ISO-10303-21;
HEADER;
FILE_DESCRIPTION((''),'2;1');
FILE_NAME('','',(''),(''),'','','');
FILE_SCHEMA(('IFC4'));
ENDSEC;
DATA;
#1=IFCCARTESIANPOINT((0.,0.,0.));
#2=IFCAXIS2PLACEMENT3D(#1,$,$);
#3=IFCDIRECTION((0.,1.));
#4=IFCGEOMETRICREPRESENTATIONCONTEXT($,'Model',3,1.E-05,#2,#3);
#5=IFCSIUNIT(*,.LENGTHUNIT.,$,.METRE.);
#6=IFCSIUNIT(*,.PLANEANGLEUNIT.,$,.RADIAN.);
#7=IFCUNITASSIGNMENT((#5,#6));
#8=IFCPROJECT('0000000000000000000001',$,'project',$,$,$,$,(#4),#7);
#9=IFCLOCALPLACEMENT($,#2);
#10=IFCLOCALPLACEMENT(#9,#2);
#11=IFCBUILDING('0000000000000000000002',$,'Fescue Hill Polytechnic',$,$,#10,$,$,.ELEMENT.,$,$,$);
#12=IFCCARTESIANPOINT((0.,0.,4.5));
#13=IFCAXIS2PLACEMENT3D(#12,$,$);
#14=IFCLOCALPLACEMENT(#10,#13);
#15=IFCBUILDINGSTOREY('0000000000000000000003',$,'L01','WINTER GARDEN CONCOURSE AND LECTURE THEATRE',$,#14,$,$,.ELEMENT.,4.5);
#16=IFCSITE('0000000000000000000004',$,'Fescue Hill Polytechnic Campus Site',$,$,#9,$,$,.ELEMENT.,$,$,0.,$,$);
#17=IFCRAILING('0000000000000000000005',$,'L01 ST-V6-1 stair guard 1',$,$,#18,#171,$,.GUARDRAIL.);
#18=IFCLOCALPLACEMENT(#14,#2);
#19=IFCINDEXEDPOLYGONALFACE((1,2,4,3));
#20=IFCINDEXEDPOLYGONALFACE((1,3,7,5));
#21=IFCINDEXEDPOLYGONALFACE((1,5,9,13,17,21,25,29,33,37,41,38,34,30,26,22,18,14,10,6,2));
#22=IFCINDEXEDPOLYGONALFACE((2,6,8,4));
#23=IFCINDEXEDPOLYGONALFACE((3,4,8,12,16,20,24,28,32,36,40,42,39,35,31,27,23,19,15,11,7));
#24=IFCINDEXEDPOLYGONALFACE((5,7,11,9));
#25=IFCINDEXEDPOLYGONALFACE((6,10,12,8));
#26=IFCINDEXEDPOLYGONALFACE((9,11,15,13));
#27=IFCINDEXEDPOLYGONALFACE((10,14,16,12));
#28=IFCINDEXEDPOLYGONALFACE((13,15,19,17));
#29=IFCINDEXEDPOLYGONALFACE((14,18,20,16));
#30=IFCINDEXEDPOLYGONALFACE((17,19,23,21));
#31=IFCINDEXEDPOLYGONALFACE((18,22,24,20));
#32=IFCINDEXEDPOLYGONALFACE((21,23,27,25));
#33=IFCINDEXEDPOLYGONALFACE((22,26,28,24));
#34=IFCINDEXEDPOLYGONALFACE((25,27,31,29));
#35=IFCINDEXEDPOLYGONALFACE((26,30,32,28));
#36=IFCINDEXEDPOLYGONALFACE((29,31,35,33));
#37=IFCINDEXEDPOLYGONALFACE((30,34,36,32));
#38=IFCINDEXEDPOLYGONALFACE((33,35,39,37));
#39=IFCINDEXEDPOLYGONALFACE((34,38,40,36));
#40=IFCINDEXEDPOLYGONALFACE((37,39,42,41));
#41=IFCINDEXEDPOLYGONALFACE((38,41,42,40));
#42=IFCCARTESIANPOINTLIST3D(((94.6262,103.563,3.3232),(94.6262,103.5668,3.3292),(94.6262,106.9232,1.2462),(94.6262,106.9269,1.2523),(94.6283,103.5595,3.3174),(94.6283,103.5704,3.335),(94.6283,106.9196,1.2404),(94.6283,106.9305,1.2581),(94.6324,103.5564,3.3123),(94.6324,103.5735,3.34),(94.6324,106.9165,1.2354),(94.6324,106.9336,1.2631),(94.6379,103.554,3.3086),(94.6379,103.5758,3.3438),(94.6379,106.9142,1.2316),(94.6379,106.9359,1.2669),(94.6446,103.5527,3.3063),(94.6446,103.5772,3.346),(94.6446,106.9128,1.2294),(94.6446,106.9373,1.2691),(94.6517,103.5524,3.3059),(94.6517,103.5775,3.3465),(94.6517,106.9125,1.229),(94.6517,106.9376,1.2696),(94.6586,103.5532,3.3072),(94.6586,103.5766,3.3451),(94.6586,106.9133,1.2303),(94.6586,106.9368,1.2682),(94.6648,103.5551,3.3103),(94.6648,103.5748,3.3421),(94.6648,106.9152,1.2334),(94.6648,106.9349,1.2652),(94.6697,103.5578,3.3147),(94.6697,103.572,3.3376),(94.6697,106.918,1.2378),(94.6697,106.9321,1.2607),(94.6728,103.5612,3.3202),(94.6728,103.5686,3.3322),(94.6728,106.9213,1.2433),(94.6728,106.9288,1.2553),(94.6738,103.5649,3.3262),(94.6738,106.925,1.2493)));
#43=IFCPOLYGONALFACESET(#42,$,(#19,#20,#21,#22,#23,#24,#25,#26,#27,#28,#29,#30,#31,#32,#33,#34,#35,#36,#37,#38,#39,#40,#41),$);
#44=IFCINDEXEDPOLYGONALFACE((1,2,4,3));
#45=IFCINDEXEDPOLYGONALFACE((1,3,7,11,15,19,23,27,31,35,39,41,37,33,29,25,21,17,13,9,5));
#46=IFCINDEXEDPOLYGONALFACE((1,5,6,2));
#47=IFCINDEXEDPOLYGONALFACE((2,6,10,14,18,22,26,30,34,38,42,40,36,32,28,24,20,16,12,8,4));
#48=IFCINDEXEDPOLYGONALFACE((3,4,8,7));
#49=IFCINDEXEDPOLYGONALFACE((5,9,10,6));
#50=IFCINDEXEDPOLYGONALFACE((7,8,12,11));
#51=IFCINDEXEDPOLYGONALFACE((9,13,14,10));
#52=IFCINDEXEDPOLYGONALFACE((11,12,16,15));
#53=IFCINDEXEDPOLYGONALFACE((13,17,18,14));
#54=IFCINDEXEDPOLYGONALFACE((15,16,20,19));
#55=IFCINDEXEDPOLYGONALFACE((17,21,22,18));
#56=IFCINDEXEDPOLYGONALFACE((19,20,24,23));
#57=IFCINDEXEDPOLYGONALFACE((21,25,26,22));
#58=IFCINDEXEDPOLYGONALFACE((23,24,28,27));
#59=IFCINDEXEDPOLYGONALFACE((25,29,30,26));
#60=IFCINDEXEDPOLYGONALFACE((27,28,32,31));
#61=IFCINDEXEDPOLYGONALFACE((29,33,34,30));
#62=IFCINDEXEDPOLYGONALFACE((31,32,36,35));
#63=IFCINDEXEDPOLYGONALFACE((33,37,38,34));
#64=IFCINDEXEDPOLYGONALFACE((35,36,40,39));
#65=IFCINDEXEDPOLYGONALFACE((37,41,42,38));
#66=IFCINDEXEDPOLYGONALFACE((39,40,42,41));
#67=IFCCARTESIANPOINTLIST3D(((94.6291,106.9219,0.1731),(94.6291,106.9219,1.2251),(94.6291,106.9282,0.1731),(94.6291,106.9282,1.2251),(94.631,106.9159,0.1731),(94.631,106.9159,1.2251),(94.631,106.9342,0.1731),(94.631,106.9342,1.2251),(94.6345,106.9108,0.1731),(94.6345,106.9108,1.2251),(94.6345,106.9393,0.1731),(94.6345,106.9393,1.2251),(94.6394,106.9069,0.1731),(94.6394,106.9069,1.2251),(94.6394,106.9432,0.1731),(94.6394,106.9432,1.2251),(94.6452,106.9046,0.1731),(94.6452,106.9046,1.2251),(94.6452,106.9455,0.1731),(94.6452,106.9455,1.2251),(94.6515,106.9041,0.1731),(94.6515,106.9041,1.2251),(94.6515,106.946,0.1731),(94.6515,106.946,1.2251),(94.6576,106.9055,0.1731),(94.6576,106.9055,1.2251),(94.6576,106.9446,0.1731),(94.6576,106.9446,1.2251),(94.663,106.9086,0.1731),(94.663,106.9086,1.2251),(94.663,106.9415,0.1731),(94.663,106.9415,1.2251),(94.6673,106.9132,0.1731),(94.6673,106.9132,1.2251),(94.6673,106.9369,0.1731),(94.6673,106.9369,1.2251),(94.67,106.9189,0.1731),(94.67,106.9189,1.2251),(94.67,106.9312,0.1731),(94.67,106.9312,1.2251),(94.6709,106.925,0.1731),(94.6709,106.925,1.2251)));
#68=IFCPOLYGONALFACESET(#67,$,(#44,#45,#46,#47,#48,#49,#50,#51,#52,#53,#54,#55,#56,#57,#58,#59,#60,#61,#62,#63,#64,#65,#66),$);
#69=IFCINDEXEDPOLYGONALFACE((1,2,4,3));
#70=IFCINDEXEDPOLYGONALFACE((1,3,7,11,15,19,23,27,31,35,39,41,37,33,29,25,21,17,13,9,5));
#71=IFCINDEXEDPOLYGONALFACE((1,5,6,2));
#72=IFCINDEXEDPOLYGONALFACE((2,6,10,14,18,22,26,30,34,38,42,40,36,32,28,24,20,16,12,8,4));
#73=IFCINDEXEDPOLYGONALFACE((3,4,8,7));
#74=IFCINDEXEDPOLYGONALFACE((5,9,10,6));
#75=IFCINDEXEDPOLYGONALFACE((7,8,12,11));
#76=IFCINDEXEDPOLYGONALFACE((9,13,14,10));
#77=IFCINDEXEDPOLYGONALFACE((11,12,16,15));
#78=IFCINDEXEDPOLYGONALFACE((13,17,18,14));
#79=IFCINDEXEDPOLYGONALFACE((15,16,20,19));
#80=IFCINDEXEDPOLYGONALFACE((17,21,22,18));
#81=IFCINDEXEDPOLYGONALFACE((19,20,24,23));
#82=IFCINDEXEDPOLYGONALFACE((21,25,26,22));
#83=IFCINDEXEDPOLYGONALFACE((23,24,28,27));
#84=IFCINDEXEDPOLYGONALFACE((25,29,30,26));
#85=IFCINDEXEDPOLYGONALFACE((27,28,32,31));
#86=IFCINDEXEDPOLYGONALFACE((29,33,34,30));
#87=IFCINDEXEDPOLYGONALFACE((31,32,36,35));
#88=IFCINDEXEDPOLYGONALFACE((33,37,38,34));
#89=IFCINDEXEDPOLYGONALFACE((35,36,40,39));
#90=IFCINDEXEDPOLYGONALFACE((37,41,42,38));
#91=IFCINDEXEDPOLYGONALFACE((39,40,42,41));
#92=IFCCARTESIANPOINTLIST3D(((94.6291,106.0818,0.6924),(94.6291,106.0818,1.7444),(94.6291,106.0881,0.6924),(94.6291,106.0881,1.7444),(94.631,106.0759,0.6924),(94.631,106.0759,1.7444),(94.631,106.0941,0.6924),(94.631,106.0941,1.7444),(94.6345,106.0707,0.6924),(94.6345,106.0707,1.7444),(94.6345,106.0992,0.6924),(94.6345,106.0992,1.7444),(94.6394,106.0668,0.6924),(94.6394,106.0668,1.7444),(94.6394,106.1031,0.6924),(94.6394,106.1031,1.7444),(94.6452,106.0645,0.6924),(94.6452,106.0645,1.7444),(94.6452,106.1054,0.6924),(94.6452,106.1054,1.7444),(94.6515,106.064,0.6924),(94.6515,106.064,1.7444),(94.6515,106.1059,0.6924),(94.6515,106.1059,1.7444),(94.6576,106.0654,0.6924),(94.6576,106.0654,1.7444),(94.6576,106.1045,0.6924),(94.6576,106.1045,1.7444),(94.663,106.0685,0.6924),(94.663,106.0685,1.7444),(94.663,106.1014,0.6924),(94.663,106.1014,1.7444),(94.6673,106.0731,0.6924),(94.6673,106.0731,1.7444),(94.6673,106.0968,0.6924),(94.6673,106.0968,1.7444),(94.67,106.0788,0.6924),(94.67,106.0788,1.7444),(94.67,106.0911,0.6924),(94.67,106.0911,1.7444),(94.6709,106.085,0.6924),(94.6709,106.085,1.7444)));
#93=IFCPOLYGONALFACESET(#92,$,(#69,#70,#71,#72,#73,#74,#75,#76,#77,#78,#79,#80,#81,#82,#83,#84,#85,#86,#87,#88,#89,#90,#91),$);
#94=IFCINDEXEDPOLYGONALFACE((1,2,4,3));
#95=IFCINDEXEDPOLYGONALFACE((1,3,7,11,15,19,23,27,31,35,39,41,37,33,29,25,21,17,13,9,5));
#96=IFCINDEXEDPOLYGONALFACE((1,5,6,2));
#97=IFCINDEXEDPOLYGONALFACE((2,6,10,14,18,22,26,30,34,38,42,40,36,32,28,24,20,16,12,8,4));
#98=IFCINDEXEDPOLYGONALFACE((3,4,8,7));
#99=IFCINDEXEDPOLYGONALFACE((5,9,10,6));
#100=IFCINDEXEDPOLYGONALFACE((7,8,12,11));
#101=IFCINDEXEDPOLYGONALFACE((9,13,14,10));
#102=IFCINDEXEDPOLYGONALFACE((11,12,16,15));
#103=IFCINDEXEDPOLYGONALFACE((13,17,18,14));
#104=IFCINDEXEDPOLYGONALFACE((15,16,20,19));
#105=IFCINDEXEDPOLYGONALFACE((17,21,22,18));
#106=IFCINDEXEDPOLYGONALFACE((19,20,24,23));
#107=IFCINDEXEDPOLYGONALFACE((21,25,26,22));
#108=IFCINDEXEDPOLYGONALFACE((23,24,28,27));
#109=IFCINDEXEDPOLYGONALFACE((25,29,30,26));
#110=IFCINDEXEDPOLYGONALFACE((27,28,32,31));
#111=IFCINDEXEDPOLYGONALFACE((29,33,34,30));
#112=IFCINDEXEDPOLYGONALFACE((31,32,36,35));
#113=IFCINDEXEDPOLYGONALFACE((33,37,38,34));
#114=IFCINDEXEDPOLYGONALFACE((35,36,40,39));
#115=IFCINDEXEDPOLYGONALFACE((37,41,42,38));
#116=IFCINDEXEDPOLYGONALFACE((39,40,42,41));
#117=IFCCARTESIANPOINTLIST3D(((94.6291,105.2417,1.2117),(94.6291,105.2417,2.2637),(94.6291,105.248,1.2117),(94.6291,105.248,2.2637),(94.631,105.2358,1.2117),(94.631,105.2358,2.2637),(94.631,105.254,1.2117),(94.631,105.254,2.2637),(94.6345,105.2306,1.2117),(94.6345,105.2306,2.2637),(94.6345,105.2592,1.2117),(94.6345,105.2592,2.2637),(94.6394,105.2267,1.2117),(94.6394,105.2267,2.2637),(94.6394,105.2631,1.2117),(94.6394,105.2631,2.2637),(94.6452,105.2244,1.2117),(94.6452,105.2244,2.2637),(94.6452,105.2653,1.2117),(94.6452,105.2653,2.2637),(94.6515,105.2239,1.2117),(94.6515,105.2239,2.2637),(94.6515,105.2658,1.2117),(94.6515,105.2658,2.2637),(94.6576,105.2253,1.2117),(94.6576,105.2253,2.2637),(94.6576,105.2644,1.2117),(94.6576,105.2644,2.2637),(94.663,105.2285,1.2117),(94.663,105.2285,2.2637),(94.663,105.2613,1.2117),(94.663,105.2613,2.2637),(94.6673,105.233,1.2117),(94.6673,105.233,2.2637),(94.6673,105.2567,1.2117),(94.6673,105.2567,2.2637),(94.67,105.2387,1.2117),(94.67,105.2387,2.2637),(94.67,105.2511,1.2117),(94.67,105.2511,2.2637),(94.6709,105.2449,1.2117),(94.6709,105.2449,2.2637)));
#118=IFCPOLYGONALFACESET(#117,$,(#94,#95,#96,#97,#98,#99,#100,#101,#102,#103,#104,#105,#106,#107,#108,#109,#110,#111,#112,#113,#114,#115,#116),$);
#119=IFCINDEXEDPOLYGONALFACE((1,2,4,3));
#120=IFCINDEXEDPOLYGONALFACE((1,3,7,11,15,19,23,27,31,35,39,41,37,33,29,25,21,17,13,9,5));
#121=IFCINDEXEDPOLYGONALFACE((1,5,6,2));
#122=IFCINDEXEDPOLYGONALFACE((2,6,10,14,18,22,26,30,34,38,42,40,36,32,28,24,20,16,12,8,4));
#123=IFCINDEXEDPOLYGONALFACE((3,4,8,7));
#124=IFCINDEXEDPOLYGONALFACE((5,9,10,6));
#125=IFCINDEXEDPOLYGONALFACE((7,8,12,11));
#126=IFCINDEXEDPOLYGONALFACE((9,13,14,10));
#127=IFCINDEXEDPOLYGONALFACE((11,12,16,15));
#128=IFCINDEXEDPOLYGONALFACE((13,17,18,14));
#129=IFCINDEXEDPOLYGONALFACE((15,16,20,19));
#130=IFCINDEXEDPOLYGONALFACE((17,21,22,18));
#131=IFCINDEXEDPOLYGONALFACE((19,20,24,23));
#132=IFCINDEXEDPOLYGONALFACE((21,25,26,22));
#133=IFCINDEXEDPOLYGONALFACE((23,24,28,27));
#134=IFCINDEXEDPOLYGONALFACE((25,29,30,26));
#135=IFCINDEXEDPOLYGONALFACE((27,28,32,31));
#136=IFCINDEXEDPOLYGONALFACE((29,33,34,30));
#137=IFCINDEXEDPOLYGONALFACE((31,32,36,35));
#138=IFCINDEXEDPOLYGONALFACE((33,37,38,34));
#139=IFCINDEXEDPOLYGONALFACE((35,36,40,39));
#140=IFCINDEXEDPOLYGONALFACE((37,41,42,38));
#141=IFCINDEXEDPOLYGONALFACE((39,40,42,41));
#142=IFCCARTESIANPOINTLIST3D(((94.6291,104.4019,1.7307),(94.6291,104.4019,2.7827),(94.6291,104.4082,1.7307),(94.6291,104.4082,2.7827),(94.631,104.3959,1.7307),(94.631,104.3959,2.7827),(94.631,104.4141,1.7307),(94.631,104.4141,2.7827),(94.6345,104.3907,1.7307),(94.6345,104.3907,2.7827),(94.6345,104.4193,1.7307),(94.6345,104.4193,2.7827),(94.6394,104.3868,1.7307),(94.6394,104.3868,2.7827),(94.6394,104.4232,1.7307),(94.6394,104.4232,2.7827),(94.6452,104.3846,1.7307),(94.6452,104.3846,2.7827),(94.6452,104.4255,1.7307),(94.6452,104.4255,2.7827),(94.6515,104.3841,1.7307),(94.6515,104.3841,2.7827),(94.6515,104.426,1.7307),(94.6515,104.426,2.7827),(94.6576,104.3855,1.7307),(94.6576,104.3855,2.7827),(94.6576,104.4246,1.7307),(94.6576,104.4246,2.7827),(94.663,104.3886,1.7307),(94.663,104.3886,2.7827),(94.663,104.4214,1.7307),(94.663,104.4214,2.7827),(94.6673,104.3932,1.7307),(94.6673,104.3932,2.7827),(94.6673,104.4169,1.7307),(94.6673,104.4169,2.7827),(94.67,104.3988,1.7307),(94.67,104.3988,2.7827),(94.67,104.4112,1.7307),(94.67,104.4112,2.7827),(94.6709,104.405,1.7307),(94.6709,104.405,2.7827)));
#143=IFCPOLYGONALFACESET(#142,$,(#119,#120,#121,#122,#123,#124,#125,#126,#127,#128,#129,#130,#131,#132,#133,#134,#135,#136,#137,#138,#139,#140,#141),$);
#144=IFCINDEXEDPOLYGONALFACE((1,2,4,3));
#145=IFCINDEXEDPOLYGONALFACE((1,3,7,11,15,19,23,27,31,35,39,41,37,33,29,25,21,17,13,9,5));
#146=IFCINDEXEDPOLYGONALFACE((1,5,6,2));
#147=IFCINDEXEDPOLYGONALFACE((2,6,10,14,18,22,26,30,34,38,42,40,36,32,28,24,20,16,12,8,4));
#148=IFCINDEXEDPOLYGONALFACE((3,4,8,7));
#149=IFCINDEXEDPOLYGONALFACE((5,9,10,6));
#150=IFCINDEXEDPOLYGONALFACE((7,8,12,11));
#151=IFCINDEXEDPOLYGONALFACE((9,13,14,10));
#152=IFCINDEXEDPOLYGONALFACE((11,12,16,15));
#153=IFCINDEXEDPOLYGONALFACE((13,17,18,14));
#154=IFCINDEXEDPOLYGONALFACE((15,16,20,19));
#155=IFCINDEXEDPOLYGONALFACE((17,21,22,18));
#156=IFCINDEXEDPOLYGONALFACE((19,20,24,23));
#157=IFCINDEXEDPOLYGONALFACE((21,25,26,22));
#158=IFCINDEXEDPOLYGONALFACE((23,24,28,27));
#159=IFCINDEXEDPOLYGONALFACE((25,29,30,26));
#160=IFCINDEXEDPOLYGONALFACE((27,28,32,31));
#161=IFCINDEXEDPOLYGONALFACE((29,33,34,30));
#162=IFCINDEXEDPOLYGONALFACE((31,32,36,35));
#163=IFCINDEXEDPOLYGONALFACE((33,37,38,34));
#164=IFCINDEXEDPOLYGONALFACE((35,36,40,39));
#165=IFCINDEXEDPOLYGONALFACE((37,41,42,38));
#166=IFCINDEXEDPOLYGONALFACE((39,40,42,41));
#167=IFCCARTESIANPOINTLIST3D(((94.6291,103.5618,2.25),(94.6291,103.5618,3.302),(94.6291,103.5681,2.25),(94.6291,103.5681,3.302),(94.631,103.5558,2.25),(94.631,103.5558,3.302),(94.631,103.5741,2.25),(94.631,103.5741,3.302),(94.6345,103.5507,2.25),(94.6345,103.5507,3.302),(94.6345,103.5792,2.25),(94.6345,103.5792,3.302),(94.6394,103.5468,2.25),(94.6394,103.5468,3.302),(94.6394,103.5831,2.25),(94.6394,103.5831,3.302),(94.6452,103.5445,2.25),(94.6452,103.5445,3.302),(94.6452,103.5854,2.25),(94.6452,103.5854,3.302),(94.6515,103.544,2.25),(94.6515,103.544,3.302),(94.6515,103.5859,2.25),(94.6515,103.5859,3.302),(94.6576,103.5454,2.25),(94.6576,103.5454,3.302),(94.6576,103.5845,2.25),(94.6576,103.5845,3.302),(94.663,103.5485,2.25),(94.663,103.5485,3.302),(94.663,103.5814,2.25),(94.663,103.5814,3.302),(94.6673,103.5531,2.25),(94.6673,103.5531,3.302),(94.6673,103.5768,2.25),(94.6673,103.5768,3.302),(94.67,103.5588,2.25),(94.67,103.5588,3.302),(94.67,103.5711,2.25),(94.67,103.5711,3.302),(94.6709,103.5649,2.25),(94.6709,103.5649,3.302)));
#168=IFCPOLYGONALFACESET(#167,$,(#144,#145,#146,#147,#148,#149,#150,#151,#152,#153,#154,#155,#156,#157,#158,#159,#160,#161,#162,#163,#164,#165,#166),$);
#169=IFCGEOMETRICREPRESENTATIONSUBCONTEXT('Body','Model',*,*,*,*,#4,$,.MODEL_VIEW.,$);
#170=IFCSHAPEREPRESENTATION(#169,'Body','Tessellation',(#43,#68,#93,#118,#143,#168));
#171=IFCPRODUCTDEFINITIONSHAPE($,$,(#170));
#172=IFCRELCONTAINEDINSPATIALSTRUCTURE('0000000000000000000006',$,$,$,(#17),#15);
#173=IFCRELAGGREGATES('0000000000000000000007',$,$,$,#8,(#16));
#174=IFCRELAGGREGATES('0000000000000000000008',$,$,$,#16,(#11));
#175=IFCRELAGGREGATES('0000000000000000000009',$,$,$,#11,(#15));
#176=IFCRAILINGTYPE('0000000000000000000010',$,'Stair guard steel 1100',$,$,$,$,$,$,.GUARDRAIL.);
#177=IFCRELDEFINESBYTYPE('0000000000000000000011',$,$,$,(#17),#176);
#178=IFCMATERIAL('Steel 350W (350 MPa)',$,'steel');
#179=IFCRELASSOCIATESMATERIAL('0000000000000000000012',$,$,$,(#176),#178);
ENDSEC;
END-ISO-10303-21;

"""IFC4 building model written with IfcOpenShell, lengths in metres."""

from ifc_helpers import new_model, si_unit, direction, frame, origin, origin_2d, place, context, subcontext, project, spatial, circle, extrude, material, type_object, element, save


model = new_model("IFC4")

# Units and contexts
model_context = context("Model", 3, precision=1e-05, world=origin(), true_north=direction((0.0, 1.0)))
body_context = subcontext(model_context, "Body", "Model", "MODEL_VIEW")
ifc_project = project(units=[si_unit("LENGTHUNIT", "METRE"), si_unit("PLANEANGLEUNIT", "RADIAN")], contexts=[model_context])

# Site, building, storey
site_placement = place(None, origin())
site = spatial("IfcSite", under=ifc_project, at=site_placement, Name="Fescue Hill Polytechnic Campus Site", CompositionType="ELEMENT", RefElevation=0.0)
building_placement = place(site_placement, origin())
building = spatial("IfcBuilding", under=site, at=building_placement, Name="Fescue Hill Polytechnic", CompositionType="ELEMENT")
storey_placement = place(building_placement, frame((0.0, 0.0, 4.5)))
storey = spatial("IfcBuildingStorey", under=building, at=storey_placement, Name="L01", Description="WINTER GARDEN CONCOURSE AND LECTURE THEATRE", CompositionType="ELEMENT", Elevation=4.5)

# Railing
ifc_material_1 = material(Name="Steel 350W (350 MPa)", Category="steel")
railing_type_1 = type_object("IfcRailingType", Name="Stair guard steel 1100", PredefinedType="GUARDRAIL", material=ifc_material_1)
railing_1_placement = place(storey_placement, frame((94.6499, 106.925, 0.1731)))
element("IfcRailing", 1, at=railing_1_placement, inside=storey, type_object=railing_type_1, Name="L01 ST-V6-1 stair guard 1", PredefinedType="GUARDRAIL", context=body_context, shape_type="SweptSolid", body=[
    extrude(circle(Radius=0.0239, at=origin_2d()), frame((0.0, 0.0, 1.0762), z_axis=(0.0, -0.850623, 0.525776), x_axis=(1.0, 0.0, 0.0)), (0.0, 0.0, 1.0), 3.9502),
    extrude(circle(Radius=0.021, at=origin_2d()), origin(), (0.0, 0.0, 1.0), 1.052),
    extrude(circle(Radius=0.021, at=origin_2d()), frame((0.0, -0.8401, 0.5193)), (0.0, 0.0, 1.0), 1.052),
    extrude(circle(Radius=0.021, at=origin_2d()), frame((0.0, -1.6802, 1.0386)), (0.0, 0.0, 1.0), 1.052),
    extrude(circle(Radius=0.021, at=origin_2d()), frame((0.0, -2.52, 1.5576)), (0.0, 0.0, 1.0), 1.052),
    extrude(circle(Radius=0.021, at=origin_2d()), frame((0.0, -3.3601, 2.0769)), (0.0, 0.0, 1.0), 1.052),
])

save(model, "model.ifc")
